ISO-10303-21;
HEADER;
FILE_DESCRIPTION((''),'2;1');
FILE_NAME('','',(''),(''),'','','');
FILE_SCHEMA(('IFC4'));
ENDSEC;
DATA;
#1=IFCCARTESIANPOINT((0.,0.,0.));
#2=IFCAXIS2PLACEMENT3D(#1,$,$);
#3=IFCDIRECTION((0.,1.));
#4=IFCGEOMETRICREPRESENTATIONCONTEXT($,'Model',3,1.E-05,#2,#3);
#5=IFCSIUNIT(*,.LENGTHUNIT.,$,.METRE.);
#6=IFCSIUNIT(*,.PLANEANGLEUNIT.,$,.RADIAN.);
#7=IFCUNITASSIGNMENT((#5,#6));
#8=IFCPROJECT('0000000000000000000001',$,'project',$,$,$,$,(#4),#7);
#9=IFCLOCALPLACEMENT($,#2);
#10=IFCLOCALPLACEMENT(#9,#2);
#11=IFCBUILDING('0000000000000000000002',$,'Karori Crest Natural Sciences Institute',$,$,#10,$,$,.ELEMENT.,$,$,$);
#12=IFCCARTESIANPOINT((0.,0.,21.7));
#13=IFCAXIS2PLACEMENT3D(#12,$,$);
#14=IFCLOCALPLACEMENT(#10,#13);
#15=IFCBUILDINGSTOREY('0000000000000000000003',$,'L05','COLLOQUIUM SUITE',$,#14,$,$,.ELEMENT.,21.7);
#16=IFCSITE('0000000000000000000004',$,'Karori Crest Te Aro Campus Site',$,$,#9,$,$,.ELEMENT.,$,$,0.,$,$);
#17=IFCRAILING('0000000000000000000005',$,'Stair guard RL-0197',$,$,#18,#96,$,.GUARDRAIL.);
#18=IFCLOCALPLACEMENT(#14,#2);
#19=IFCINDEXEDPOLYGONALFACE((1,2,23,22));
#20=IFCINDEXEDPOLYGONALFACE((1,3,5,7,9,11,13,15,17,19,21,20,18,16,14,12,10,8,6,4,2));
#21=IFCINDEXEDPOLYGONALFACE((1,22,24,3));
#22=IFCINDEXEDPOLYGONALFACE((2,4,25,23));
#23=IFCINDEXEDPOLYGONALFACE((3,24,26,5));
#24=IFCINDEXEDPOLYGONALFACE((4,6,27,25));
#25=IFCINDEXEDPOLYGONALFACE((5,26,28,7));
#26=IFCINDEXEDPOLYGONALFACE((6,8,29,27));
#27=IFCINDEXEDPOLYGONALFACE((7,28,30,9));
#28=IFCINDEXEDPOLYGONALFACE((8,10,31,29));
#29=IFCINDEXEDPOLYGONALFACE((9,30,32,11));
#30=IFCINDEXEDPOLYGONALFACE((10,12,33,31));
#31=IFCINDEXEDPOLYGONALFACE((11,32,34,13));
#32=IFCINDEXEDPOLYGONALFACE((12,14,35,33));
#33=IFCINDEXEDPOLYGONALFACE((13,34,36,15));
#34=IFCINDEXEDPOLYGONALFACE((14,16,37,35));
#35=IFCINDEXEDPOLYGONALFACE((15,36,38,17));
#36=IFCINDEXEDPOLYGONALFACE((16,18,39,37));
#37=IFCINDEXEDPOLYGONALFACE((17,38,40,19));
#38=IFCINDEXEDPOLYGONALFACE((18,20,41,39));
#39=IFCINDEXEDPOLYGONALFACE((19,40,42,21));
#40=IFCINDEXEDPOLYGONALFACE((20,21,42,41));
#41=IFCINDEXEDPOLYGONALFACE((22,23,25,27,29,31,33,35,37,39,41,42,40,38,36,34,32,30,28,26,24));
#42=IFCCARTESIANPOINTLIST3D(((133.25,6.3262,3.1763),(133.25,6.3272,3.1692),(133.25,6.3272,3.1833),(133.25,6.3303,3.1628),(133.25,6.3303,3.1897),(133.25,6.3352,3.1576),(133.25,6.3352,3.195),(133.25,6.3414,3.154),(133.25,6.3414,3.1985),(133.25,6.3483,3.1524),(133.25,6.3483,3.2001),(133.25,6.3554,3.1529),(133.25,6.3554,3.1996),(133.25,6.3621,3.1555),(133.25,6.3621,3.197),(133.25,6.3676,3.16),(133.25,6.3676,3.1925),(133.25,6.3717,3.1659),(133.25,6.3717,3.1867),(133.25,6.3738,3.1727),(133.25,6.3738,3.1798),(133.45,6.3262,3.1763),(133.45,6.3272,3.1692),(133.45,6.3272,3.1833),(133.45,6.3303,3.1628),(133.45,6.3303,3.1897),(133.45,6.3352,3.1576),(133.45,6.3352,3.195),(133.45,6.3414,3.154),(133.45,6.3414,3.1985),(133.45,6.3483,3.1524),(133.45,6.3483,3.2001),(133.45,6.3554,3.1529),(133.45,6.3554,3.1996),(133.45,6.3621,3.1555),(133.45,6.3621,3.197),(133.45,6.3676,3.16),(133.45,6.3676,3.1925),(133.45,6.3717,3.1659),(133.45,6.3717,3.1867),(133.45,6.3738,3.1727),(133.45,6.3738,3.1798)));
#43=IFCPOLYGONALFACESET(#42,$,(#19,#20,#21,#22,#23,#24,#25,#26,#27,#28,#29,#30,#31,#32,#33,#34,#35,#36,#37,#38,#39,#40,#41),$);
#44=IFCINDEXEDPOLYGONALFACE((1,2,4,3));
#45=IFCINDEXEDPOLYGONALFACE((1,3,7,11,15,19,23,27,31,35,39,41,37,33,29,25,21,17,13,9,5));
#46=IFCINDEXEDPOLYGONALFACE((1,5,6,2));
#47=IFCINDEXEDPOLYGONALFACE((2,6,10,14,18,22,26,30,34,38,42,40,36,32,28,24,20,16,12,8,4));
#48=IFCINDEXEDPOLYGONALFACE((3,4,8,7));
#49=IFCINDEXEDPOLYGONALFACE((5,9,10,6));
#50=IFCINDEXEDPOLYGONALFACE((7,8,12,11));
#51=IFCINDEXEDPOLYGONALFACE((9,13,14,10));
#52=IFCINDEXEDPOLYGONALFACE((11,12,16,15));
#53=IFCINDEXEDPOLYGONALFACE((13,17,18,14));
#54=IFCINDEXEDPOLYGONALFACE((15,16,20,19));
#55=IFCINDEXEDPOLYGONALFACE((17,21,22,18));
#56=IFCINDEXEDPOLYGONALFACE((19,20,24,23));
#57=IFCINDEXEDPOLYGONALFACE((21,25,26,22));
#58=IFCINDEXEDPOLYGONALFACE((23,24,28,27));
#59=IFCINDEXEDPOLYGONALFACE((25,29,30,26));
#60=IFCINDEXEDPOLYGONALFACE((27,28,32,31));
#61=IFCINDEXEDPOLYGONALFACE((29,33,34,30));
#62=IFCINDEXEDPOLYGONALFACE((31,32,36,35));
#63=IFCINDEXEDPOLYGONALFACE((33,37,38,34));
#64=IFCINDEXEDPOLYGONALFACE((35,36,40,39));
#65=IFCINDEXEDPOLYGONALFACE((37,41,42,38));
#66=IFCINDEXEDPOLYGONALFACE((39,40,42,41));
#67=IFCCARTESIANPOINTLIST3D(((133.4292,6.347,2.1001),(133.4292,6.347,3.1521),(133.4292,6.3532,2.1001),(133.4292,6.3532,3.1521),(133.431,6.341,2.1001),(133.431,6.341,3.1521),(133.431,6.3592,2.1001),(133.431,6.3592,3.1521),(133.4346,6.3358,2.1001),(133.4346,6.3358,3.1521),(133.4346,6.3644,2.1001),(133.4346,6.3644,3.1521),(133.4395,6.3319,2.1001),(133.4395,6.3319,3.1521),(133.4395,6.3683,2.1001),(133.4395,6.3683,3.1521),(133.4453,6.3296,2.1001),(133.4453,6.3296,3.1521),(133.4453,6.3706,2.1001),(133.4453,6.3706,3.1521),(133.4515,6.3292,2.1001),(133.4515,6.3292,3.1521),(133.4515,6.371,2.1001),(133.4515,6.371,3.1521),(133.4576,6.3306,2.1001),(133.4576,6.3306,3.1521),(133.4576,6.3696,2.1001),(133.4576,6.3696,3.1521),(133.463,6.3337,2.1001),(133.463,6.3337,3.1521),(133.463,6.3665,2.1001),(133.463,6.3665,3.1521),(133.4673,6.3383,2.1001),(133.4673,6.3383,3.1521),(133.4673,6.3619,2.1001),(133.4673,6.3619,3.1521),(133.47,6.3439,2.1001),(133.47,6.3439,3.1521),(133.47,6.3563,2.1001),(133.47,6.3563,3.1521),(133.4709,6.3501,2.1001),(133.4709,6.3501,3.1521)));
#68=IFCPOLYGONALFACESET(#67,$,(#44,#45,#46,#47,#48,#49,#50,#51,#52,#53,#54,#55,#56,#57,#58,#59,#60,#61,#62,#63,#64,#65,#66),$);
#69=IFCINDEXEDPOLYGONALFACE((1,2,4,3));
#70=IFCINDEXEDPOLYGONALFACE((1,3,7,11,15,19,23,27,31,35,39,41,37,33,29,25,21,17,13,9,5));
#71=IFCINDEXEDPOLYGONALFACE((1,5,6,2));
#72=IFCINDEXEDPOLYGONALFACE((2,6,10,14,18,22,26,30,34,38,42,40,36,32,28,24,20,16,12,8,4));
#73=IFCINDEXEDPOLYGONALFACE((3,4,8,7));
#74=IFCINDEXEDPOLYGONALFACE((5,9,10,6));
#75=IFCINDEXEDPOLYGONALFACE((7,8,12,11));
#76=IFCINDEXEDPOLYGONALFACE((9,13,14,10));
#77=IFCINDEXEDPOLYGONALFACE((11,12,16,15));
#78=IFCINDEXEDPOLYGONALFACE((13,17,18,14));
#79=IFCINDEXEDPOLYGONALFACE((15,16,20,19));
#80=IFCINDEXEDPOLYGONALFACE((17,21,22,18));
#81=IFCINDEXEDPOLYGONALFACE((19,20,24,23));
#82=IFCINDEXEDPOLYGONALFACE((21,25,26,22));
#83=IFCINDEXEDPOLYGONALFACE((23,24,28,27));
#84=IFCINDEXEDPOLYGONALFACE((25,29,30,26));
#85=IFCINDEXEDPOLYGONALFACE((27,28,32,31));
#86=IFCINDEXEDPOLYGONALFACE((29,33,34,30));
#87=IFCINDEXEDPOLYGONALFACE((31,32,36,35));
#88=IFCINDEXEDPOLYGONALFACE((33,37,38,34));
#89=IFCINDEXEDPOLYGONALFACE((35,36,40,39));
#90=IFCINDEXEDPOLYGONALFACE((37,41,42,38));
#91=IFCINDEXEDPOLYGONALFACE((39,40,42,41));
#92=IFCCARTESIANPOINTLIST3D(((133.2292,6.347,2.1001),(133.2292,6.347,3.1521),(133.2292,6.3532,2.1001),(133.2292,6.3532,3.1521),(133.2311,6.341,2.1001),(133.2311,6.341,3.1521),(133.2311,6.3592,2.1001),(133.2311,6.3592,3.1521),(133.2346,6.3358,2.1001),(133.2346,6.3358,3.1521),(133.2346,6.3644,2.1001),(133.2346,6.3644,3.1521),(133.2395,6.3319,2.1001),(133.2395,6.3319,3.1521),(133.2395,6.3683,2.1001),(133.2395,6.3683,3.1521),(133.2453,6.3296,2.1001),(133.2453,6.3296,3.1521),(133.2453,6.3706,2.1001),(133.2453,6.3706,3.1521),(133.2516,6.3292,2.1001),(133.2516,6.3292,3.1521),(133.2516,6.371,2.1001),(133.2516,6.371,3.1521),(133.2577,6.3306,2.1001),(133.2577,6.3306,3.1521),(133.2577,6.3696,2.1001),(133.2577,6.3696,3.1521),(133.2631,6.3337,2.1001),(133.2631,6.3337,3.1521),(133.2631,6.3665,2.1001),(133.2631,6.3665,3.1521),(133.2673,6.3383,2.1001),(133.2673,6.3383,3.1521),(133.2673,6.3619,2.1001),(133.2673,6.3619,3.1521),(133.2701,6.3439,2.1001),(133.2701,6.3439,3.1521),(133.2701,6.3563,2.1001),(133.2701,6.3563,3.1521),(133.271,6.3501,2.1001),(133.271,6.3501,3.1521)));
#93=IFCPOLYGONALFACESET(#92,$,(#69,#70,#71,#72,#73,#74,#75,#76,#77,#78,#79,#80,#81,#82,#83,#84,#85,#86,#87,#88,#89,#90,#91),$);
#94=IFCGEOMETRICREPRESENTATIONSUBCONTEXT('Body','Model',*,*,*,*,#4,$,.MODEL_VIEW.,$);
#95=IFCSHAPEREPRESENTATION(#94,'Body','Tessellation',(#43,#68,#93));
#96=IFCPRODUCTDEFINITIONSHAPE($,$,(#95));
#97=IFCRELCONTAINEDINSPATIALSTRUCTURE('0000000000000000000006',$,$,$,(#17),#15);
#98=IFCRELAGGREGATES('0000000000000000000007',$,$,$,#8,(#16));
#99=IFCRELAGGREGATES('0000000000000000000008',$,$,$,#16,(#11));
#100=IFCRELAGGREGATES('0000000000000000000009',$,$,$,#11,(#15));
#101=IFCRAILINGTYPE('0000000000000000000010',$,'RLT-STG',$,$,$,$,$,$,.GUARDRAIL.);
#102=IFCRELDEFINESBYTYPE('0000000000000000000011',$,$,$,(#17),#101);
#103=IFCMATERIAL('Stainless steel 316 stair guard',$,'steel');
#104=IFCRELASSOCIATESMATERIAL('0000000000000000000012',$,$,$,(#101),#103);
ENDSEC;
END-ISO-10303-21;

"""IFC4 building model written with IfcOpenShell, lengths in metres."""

from ifc_helpers import new_model, si_unit, direction, frame, origin, origin_2d, place, context, subcontext, project, spatial, circle, extrude, material, type_object, element, save


model = new_model("IFC4")

# Units and contexts
model_context = context("Model", 3, precision=1e-05, world=origin(), true_north=direction((0.0, 1.0)))
body_context = subcontext(model_context, "Body", "Model", "MODEL_VIEW")
ifc_project = project(units=[si_unit("LENGTHUNIT", "METRE"), si_unit("PLANEANGLEUNIT", "RADIAN")], contexts=[model_context])

# Site, building, storey
site_placement = place(None, origin())
site = spatial("IfcSite", under=ifc_project, at=site_placement, Name="Karori Crest Te Aro Campus Site", CompositionType="ELEMENT", RefElevation=0.0)
building_placement = place(site_placement, origin())
building = spatial("IfcBuilding", under=site, at=building_placement, Name="Karori Crest Natural Sciences Institute", CompositionType="ELEMENT")
storey_placement = place(building_placement, frame((0.0, 0.0, 21.7)))
storey = spatial("IfcBuildingStorey", under=building, at=storey_placement, Name="L05", Description="COLLOQUIUM SUITE", CompositionType="ELEMENT", Elevation=21.7)

# Railing
ifc_material_1 = material(Name="Stainless steel 316 stair guard", Category="steel")
railing_type_1 = type_object("IfcRailingType", Name="RLT-STG", PredefinedType="GUARDRAIL", material=ifc_material_1)
railing_1_placement = place(storey_placement, frame((133.45, 6.3501, 2.1001)))
element("IfcRailing", 1, at=railing_1_placement, inside=storey, type_object=railing_type_1, Name="Stair guard RL-0197", PredefinedType="GUARDRAIL", context=body_context, shape_type="SweptSolid", body=[
    extrude(circle(Radius=0.0239, at=origin_2d()), frame((0.0, 0.0, 1.0762), z_axis=(-1.0, 0.0, 0.0), x_axis=(0.0, -1.0, 0.0)), (0.0, 0.0, 1.0), 0.2),
    extrude(circle(Radius=0.021, at=origin_2d()), origin(), (0.0, 0.0, 1.0), 1.052),
    extrude(circle(Radius=0.021, at=origin_2d()), frame((-0.2, 0.0, 0.0)), (0.0, 0.0, 1.0), 1.052),
])

save(model, "model.ifc")
